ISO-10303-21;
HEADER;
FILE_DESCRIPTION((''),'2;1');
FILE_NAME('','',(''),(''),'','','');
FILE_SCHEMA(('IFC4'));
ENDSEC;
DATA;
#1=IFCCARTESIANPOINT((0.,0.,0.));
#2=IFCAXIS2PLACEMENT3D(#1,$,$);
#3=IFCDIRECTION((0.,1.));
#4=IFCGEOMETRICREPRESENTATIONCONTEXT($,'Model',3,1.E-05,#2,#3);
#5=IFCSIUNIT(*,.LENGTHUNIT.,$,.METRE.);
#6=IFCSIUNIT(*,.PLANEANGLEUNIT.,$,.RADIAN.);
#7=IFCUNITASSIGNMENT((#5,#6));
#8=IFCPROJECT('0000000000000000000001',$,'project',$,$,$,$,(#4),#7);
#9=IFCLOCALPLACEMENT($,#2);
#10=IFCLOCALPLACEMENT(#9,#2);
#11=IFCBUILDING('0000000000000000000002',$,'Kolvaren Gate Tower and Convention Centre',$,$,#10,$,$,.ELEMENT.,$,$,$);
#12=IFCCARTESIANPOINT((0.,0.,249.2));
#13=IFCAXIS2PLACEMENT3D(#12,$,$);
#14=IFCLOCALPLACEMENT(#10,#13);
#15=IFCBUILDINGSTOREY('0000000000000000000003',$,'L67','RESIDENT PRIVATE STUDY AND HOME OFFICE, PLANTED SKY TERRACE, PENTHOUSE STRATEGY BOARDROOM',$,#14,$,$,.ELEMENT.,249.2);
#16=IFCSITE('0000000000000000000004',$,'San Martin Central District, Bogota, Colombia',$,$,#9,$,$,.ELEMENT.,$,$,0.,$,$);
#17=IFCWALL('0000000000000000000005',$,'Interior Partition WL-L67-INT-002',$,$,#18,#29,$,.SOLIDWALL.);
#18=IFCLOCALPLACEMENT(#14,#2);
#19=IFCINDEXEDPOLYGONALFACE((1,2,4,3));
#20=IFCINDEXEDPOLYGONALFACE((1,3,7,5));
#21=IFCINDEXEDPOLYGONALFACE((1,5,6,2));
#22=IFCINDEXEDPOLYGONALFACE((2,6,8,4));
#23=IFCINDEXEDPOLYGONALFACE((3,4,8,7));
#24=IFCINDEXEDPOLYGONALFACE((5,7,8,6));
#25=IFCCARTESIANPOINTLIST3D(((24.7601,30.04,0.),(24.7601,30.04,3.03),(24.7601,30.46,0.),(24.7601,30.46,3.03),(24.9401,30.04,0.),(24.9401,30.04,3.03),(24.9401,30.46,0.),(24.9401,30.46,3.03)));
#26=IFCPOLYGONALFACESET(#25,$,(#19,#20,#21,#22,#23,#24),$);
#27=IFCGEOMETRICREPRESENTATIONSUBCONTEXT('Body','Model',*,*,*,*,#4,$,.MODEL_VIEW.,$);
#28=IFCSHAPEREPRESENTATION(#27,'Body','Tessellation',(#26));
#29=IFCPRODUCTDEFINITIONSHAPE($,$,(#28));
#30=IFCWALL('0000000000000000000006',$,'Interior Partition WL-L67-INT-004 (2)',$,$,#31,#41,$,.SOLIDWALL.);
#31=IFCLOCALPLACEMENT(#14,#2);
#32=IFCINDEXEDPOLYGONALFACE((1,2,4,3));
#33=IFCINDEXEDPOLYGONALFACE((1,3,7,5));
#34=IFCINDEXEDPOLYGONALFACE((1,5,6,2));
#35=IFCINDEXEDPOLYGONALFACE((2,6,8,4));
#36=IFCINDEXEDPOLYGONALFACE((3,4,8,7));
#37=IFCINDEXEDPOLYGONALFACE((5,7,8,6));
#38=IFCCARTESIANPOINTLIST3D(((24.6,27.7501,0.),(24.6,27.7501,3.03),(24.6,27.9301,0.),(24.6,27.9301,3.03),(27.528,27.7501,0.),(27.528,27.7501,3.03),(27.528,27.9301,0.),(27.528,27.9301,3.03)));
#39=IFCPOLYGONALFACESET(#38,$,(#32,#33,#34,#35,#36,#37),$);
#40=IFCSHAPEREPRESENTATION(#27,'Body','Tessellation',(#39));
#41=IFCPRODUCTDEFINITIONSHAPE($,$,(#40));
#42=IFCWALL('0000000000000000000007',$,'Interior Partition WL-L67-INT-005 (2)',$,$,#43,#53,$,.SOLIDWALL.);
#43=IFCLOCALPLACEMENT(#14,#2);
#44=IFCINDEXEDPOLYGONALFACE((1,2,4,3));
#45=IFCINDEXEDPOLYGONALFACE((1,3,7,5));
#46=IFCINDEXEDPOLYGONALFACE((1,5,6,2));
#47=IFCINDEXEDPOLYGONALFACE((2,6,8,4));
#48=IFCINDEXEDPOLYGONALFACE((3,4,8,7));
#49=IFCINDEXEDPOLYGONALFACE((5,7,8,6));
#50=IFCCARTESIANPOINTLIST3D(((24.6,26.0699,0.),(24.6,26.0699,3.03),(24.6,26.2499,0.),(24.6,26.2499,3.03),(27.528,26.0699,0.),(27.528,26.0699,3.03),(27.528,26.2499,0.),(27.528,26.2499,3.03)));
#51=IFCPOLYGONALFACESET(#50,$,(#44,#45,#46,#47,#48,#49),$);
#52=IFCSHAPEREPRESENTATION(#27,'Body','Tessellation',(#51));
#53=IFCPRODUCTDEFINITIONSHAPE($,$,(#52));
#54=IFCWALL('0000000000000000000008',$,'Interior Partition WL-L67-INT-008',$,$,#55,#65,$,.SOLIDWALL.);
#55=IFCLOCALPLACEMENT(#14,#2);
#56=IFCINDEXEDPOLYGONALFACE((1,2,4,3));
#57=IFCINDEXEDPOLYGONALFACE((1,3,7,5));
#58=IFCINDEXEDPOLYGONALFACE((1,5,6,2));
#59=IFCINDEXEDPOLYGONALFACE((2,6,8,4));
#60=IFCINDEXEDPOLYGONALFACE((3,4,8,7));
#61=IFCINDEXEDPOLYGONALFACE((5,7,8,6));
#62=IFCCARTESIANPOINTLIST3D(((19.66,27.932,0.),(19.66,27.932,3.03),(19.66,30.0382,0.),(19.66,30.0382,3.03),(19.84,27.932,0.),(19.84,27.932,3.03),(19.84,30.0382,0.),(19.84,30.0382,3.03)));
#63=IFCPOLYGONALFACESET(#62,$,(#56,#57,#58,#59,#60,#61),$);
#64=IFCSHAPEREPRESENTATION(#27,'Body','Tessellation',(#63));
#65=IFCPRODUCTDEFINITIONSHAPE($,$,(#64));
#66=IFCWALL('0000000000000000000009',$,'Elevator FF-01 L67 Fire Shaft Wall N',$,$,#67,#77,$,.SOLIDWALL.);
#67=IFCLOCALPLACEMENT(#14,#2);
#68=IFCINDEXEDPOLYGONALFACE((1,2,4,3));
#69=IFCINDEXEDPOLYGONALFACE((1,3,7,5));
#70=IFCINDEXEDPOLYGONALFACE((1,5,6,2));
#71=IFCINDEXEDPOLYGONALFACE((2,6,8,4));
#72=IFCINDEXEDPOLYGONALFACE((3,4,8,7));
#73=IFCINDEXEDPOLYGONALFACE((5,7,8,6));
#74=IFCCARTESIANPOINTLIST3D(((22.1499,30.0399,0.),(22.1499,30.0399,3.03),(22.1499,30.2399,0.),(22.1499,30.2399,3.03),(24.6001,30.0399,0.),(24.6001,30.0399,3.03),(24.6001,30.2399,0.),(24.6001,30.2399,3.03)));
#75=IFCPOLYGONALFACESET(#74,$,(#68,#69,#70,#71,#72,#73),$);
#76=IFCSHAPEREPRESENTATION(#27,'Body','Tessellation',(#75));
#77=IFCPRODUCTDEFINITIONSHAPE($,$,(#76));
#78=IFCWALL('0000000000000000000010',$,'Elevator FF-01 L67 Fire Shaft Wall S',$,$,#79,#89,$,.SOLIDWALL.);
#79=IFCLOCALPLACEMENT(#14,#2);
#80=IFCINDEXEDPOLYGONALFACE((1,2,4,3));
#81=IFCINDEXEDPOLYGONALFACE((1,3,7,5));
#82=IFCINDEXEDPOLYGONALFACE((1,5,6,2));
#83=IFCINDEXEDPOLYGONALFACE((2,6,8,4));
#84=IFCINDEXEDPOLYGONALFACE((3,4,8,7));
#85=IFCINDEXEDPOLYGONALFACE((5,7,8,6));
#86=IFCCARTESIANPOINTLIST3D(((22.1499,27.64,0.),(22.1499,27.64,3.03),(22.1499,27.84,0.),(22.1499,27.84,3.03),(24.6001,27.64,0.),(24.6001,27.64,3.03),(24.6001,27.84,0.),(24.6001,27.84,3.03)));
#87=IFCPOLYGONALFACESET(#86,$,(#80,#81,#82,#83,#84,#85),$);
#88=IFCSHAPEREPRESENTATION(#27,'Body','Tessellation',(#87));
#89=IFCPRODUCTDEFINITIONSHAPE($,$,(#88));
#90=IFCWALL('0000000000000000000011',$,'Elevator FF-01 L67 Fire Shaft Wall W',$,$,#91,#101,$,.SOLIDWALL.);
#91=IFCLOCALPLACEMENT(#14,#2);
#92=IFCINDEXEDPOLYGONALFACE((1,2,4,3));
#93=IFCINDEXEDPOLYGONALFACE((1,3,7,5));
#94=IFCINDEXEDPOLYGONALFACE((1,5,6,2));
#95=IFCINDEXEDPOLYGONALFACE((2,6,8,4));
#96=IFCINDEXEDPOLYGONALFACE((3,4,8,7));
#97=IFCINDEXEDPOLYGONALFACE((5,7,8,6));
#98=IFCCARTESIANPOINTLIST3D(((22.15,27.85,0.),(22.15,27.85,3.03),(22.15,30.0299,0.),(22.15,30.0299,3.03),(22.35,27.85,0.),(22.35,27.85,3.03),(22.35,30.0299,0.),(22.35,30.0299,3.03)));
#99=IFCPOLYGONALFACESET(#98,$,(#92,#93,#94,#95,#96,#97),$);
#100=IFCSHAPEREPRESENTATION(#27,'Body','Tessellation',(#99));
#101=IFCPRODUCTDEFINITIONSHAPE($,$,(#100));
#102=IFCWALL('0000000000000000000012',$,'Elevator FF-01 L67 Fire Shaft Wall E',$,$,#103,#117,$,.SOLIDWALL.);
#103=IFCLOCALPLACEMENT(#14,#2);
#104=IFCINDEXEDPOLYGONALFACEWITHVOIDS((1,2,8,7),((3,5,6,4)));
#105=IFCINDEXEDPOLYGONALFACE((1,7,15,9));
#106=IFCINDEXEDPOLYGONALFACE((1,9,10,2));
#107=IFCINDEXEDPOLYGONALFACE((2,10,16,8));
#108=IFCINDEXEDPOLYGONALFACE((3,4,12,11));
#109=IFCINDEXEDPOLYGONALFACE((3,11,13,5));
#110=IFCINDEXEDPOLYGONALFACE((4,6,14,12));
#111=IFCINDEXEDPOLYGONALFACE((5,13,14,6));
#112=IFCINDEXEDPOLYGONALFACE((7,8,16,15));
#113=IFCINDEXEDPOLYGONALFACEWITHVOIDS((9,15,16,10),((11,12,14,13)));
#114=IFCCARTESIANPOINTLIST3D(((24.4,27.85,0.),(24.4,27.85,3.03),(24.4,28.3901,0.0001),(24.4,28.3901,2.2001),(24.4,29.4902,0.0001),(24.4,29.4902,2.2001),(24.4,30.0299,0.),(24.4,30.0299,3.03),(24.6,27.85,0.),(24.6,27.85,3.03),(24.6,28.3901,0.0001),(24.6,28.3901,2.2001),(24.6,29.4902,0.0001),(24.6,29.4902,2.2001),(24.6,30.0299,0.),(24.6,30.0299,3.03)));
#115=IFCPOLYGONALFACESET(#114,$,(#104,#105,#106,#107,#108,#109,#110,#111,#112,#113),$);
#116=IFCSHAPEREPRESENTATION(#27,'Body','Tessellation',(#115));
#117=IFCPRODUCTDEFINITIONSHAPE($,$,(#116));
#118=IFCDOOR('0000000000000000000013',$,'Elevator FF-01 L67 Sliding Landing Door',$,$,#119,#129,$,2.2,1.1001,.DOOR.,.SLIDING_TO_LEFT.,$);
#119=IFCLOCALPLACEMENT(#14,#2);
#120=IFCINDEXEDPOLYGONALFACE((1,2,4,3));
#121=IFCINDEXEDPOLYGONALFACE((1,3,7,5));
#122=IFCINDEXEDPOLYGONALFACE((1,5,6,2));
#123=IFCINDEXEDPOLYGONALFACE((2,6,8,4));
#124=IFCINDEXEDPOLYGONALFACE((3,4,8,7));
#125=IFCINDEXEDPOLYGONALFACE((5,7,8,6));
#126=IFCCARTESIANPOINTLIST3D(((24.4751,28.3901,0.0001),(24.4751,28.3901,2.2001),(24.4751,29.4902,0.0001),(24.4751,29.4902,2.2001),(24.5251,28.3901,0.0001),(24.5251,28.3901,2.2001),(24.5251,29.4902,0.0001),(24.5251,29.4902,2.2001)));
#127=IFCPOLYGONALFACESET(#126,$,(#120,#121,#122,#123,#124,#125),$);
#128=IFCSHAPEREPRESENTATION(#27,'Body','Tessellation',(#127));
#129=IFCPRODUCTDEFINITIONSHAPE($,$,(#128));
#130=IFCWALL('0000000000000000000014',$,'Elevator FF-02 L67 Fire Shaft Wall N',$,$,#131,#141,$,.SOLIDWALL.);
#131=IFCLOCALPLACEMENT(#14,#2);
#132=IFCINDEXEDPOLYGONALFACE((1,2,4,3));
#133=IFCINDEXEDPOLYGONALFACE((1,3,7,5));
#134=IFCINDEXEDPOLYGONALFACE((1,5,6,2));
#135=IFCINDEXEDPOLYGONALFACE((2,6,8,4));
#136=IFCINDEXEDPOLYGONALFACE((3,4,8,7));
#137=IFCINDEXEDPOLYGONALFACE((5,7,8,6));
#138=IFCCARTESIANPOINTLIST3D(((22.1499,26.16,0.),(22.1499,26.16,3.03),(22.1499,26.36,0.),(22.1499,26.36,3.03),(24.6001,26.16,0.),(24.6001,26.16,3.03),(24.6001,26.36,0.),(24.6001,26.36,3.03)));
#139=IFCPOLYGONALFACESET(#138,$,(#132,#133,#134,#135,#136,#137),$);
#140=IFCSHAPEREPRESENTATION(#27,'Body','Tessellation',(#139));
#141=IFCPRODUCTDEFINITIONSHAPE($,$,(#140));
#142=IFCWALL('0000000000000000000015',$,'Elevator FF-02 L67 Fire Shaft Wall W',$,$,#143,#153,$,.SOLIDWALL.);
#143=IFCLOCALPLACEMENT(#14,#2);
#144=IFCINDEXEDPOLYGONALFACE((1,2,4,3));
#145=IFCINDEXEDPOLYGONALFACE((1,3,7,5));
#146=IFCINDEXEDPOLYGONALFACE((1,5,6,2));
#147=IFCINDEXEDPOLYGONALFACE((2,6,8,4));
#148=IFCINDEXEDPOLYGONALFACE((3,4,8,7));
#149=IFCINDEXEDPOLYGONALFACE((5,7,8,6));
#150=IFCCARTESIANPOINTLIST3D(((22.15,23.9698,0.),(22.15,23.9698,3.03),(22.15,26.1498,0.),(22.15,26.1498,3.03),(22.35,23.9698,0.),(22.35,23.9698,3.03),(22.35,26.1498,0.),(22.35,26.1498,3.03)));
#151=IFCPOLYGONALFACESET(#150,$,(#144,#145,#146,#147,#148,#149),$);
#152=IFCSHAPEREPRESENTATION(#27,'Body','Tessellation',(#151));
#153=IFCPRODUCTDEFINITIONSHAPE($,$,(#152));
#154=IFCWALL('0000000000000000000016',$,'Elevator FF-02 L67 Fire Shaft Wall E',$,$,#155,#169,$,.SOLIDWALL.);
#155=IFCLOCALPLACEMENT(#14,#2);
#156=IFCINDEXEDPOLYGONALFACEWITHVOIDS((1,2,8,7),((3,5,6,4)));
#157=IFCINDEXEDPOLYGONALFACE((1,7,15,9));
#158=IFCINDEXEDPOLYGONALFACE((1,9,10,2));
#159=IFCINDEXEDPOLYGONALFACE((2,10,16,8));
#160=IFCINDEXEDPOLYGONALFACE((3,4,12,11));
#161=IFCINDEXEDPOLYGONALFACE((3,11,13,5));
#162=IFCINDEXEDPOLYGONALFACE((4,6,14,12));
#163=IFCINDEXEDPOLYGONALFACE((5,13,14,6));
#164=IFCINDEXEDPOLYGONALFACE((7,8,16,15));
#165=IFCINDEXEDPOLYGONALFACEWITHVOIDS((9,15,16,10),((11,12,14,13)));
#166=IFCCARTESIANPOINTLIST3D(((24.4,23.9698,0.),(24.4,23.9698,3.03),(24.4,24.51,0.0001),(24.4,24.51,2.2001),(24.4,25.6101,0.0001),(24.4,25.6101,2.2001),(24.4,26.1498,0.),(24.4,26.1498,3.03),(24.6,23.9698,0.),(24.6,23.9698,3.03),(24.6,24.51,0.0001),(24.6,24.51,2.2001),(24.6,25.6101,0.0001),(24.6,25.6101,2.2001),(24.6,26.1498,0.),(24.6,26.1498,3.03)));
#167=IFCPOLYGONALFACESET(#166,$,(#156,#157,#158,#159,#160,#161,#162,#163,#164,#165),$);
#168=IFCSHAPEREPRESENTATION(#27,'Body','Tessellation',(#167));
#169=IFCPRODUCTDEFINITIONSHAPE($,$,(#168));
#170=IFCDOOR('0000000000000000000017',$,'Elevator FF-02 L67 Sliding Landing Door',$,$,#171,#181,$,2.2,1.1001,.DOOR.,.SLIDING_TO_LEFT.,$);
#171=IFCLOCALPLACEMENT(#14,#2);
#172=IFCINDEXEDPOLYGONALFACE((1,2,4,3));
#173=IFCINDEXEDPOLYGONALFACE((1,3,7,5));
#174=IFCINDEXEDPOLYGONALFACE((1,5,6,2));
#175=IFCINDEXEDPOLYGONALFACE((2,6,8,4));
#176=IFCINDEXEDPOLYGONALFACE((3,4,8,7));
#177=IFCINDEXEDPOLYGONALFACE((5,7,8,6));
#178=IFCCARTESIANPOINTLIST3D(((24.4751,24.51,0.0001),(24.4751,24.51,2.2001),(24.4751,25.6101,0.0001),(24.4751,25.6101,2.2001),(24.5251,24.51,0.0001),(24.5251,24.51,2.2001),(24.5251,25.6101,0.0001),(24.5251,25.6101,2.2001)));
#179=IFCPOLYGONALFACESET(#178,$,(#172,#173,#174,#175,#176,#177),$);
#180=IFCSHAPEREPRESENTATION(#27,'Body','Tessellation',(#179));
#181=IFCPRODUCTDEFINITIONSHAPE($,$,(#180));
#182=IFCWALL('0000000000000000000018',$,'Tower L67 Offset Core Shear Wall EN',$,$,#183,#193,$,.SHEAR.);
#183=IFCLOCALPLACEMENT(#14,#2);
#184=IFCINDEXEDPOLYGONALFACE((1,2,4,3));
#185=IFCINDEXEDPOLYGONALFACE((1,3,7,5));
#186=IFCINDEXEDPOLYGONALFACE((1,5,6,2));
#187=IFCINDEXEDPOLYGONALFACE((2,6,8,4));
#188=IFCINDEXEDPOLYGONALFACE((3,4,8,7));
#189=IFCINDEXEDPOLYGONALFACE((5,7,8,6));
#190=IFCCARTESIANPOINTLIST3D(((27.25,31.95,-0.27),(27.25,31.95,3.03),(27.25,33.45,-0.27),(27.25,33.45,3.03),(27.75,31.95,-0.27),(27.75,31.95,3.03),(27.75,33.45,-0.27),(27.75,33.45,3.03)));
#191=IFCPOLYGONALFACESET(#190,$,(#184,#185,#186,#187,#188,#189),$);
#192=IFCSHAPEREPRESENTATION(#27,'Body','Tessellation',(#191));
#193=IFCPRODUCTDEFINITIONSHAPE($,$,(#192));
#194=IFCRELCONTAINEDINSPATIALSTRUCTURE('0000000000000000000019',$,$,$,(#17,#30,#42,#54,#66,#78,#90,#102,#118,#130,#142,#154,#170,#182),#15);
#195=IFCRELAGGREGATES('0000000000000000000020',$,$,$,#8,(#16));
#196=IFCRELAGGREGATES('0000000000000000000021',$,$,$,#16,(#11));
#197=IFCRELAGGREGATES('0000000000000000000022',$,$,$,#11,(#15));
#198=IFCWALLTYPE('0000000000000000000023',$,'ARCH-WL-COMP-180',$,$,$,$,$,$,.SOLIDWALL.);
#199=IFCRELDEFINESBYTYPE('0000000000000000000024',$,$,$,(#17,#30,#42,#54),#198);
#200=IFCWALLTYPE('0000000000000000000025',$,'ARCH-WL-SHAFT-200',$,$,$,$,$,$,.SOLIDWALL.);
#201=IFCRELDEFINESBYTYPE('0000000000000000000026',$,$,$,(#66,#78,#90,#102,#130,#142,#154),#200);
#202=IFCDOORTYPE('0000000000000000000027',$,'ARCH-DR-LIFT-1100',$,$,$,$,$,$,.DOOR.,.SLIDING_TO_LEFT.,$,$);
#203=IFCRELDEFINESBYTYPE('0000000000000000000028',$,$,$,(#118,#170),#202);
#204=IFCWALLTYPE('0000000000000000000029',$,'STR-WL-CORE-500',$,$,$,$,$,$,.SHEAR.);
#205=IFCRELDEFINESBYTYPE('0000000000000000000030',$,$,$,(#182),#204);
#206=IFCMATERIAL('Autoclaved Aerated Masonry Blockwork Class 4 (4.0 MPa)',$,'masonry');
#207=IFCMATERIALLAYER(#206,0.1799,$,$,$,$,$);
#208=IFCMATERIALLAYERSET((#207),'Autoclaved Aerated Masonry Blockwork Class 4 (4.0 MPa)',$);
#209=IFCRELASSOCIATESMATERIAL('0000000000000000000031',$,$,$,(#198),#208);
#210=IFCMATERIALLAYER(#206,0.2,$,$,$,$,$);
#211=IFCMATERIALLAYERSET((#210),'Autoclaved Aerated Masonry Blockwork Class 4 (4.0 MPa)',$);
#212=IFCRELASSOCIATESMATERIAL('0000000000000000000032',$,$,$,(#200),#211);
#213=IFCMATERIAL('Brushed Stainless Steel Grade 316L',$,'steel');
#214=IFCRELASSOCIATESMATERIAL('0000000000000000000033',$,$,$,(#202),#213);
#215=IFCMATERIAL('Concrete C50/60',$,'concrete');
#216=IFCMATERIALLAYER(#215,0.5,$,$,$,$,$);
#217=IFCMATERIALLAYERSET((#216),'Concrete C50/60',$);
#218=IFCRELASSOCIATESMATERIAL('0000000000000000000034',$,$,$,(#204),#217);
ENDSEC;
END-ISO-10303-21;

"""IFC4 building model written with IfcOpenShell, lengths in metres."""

from ifc_helpers import new_model, si_unit, direction, frame, frame_2d, origin, place, context, subcontext, project, spatial, rectangle, extrude, material, layer, layer_set, type_object, element, fill, save


model = new_model("IFC4")

# Units and contexts
model_context = context("Model", 3, precision=1e-05, world=origin(), true_north=direction((0.0, 1.0)))
body_context = subcontext(model_context, "Body", "Model", "MODEL_VIEW")
ifc_project = project(units=[si_unit("LENGTHUNIT", "METRE"), si_unit("PLANEANGLEUNIT", "RADIAN")], contexts=[model_context])

# Site, building, storey
site_placement = place(None, origin())
site = spatial("IfcSite", under=ifc_project, at=site_placement, Name="San Martin Central District, Bogota, Colombia", CompositionType="ELEMENT", RefElevation=0.0)
building_placement = place(site_placement, origin())
building = spatial("IfcBuilding", under=site, at=building_placement, Name="Kolvaren Gate Tower and Convention Centre", CompositionType="ELEMENT")
storey_placement = place(building_placement, frame((0.0, 0.0, 249.2)))
storey = spatial("IfcBuildingStorey", under=building, at=storey_placement, Name="L67", Description="RESIDENT PRIVATE STUDY AND HOME OFFICE, PLANTED SKY TERRACE, PENTHOUSE STRATEGY BOARDROOM", CompositionType="ELEMENT", Elevation=249.2)

# Walls
ifc_material_1 = material(Name="Autoclaved Aerated Masonry Blockwork Class 4 (4.0 MPa)", Category="masonry")
ifc_layer_1 = layer(ifc_material_1, 0.1799)
ifc_layer_set_1 = layer_set([ifc_layer_1], Name="Autoclaved Aerated Masonry Blockwork Class 4 (4.0 MPa)")
wall_type_1 = type_object("IfcWallType", Name="ARCH-WL-COMP-180", PredefinedType="SOLIDWALL", material=ifc_layer_set_1)
wall_1_placement = place(storey_placement, frame((24.8501, 30.04, 0.0), z_axis=(0.0, 0.0, 1.0), x_axis=(0.0, 1.0, 0.0)))
element("IfcWall", 1, at=wall_1_placement, inside=storey, type_object=wall_type_1, Name="Interior Partition WL-L67-INT-002", PredefinedType="SOLIDWALL", context=body_context, shape_type="SweptSolid", body=[
    extrude(rectangle(XDim=0.4199, YDim=0.1799, at=frame_2d((0.21, 0.0))), origin(), (0.0, 0.0, 1.0), 3.03),
])
for number, where, z_axis, x_axis, name in (
    (2, (24.6001, 27.8401, 0.0), (0.0, 0.0, 1.0), (1.0, 0.0, 0.0), "Interior Partition WL-L67-INT-004 (2)"),
    (3, (24.6001, 26.1599, 0.0), (0.0, 0.0, 1.0), (1.0, 0.0, 0.0), "Interior Partition WL-L67-INT-005 (2)"),
):
    element("IfcWall", number, at=place(storey_placement, frame(where, z_axis=z_axis, x_axis=x_axis)), inside=storey, type_object=wall_type_1, Name=name, PredefinedType="SOLIDWALL", context=body_context, shape_type="SweptSolid", body=[
        extrude(rectangle(XDim=2.928, YDim=0.1799, at=frame_2d((1.4639, 0.0))), origin(), (0.0, 0.0, 1.0), 3.03),
    ])
wall_2_placement = place(storey_placement, frame((19.75, 27.9319, 0.0), z_axis=(0.0, 0.0, 1.0), x_axis=(0.0, 1.0, 0.0)))
element("IfcWall", 4, at=wall_2_placement, inside=storey, type_object=wall_type_1, Name="Interior Partition WL-L67-INT-008", PredefinedType="SOLIDWALL", context=body_context, shape_type="SweptSolid", body=[
    extrude(rectangle(XDim=2.1062, YDim=0.1799, at=frame_2d((1.0532, 0.0))), origin(), (0.0, 0.0, 1.0), 3.03),
])
ifc_layer_2 = layer(ifc_material_1, 0.2)
ifc_layer_set_2 = layer_set([ifc_layer_2], Name="Autoclaved Aerated Masonry Blockwork Class 4 (4.0 MPa)")
wall_type_2 = type_object("IfcWallType", Name="ARCH-WL-SHAFT-200", PredefinedType="SOLIDWALL", material=ifc_layer_set_2)
for number, where, z_axis, x_axis, name in (
    (5, (22.1499, 30.1399, 0.0), (0.0, 0.0, 1.0), (1.0, 0.0, 0.0), "Elevator FF-01 L67 Fire Shaft Wall N"),
    (6, (22.1499, 27.74, 0.0), (0.0, 0.0, 1.0), (1.0, 0.0, 0.0), "Elevator FF-01 L67 Fire Shaft Wall S"),
):
    element("IfcWall", number, at=place(storey_placement, frame(where, z_axis=z_axis, x_axis=x_axis)), inside=storey, type_object=wall_type_2, Name=name, PredefinedType="SOLIDWALL", context=body_context, shape_type="SweptSolid", body=[
        extrude(rectangle(XDim=2.4502, YDim=0.2, at=frame_2d((1.2251, 0.0))), origin(), (0.0, 0.0, 1.0), 3.03),
    ])
wall_3_placement = place(storey_placement, frame((22.25, 27.8501, 0.0), z_axis=(0.0, 0.0, 1.0), x_axis=(0.0, 1.0, 0.0)))
element("IfcWall", 7, at=wall_3_placement, inside=storey, type_object=wall_type_2, Name="Elevator FF-01 L67 Fire Shaft Wall W", PredefinedType="SOLIDWALL", context=body_context, shape_type="SweptSolid", body=[
    extrude(rectangle(XDim=2.1799, YDim=0.2, at=frame_2d((1.0898, 0.0))), origin(), (0.0, 0.0, 1.0), 3.03),
])

# Wall, opening, door
wall_4_placement = place(storey_placement, frame((24.5, 27.8501, 0.0), z_axis=(0.0, 0.0, 1.0), x_axis=(0.0, 1.0, 0.0)))
wall_4 = element("IfcWall", 8, at=wall_4_placement, inside=storey, type_object=wall_type_2, Name="Elevator FF-01 L67 Fire Shaft Wall E", PredefinedType="SOLIDWALL", context=body_context, shape_type="SweptSolid", body=[
    extrude(rectangle(XDim=2.1799, YDim=0.2, at=frame_2d((1.0898, 0.0))), origin(), (0.0, 0.0, 1.0), 3.03),
])
opening_1_placement = place(wall_4_placement, frame((0.54, 0.0, 0.0)))
opening_1 = element("IfcOpeningElement", 9, at=opening_1_placement, cuts=wall_4, PredefinedType="OPENING", context=body_context, shape_type="SweptSolid", body=[
    extrude(rectangle(XDim=1.1001, YDim=2.2, at=frame_2d((0.55, 1.1001))), frame((0.0, 0.1099, 0.0), z_axis=(0.0, -1.0, 0.0), x_axis=(1.0, 0.0, 0.0)), (0.0, 0.0, 1.0), 0.22),
])
ifc_material_2 = material(Name="Brushed Stainless Steel Grade 316L", Category="steel")
door_type_1 = type_object("IfcDoorType", Name="ARCH-DR-LIFT-1100", OperationType="SLIDING_TO_LEFT", PredefinedType="DOOR", material=ifc_material_2)
door_1_placement = place(opening_1_placement, origin())
door_1 = element("IfcDoor", 10, at=door_1_placement, inside=storey, type_object=door_type_1, Name="Elevator FF-01 L67 Sliding Landing Door", OperationType="SLIDING_TO_LEFT", OverallHeight=2.2, OverallWidth=1.1001, PredefinedType="DOOR", context=body_context, shape_type="SweptSolid", body=[
    extrude(rectangle(XDim=1.1001, YDim=2.2, at=frame_2d((0.55, 1.1001))), frame((0.0, 0.0249, 0.0), z_axis=(0.0, -1.0, 0.0), x_axis=(1.0, 0.0, 0.0)), (0.0, 0.0, 1.0), 0.05),
])
fill(opening_1, door_1)

# Walls
wall_5_placement = place(storey_placement, frame((22.1499, 26.26, 0.0), z_axis=(0.0, 0.0, 1.0), x_axis=(1.0, 0.0, 0.0)))
element("IfcWall", 11, at=wall_5_placement, inside=storey, type_object=wall_type_2, Name="Elevator FF-02 L67 Fire Shaft Wall N", PredefinedType="SOLIDWALL", context=body_context, shape_type="SweptSolid", body=[
    extrude(rectangle(XDim=2.4502, YDim=0.2, at=frame_2d((1.2251, 0.0))), origin(), (0.0, 0.0, 1.0), 3.03),
])
wall_6_placement = place(storey_placement, frame((22.25, 23.97, 0.0), z_axis=(0.0, 0.0, 1.0), x_axis=(0.0, 1.0, 0.0)))
element("IfcWall", 12, at=wall_6_placement, inside=storey, type_object=wall_type_2, Name="Elevator FF-02 L67 Fire Shaft Wall W", PredefinedType="SOLIDWALL", context=body_context, shape_type="SweptSolid", body=[
    extrude(rectangle(XDim=2.1799, YDim=0.2, at=frame_2d((1.0898, 0.0))), origin(), (0.0, 0.0, 1.0), 3.03),
])

# Wall, opening, door
wall_7_placement = place(storey_placement, frame((24.5, 23.97, 0.0), z_axis=(0.0, 0.0, 1.0), x_axis=(0.0, 1.0, 0.0)))
wall_7 = element("IfcWall", 13, at=wall_7_placement, inside=storey, type_object=wall_type_2, Name="Elevator FF-02 L67 Fire Shaft Wall E", PredefinedType="SOLIDWALL", context=body_context, shape_type="SweptSolid", body=[
    extrude(rectangle(XDim=2.1799, YDim=0.2, at=frame_2d((1.0898, 0.0))), origin(), (0.0, 0.0, 1.0), 3.03),
])
opening_2_placement = place(wall_7_placement, frame((0.54, 0.0, 0.0)))
opening_2 = element("IfcOpeningElement", 14, at=opening_2_placement, cuts=wall_7, PredefinedType="OPENING", context=body_context, shape_type="SweptSolid", body=[
    extrude(rectangle(XDim=1.1001, YDim=2.2, at=frame_2d((0.55, 1.1001))), frame((0.0, 0.1099, 0.0), z_axis=(0.0, -1.0, 0.0), x_axis=(1.0, 0.0, 0.0)), (0.0, 0.0, 1.0), 0.22),
])
door_2_placement = place(opening_2_placement, origin())
door_2 = element("IfcDoor", 15, at=door_2_placement, inside=storey, type_object=door_type_1, Name="Elevator FF-02 L67 Sliding Landing Door", OperationType="SLIDING_TO_LEFT", OverallHeight=2.2, OverallWidth=1.1001, PredefinedType="DOOR", context=body_context, shape_type="SweptSolid", body=[
    extrude(rectangle(XDim=1.1001, YDim=2.2, at=frame_2d((0.55, 1.1001))), frame((0.0, 0.0249, 0.0), z_axis=(0.0, -1.0, 0.0), x_axis=(1.0, 0.0, 0.0)), (0.0, 0.0, 1.0), 0.05),
])
fill(opening_2, door_2)

# Wall
ifc_material_3 = material(Name="Concrete C50/60", Category="concrete")
ifc_layer_3 = layer(ifc_material_3, 0.5)
ifc_layer_set_3 = layer_set([ifc_layer_3], Name="Concrete C50/60")
wall_type_3 = type_object("IfcWallType", Name="STR-WL-CORE-500", PredefinedType="SHEAR", material=ifc_layer_set_3)
wall_8_placement = place(storey_placement, frame((27.5, 31.95, -0.27), z_axis=(0.0, 0.0, 1.0), x_axis=(0.0, 1.0, 0.0)))
element("IfcWall", 16, at=wall_8_placement, inside=storey, type_object=wall_type_3, Name="Tower L67 Offset Core Shear Wall EN", PredefinedType="SHEAR", context=body_context, shape_type="SweptSolid", body=[
    extrude(rectangle(XDim=1.5, YDim=0.5, at=frame_2d((0.75, 0.0))), origin(), (0.0, 0.0, 1.0), 3.3),
])

save(model, "model.ifc")
